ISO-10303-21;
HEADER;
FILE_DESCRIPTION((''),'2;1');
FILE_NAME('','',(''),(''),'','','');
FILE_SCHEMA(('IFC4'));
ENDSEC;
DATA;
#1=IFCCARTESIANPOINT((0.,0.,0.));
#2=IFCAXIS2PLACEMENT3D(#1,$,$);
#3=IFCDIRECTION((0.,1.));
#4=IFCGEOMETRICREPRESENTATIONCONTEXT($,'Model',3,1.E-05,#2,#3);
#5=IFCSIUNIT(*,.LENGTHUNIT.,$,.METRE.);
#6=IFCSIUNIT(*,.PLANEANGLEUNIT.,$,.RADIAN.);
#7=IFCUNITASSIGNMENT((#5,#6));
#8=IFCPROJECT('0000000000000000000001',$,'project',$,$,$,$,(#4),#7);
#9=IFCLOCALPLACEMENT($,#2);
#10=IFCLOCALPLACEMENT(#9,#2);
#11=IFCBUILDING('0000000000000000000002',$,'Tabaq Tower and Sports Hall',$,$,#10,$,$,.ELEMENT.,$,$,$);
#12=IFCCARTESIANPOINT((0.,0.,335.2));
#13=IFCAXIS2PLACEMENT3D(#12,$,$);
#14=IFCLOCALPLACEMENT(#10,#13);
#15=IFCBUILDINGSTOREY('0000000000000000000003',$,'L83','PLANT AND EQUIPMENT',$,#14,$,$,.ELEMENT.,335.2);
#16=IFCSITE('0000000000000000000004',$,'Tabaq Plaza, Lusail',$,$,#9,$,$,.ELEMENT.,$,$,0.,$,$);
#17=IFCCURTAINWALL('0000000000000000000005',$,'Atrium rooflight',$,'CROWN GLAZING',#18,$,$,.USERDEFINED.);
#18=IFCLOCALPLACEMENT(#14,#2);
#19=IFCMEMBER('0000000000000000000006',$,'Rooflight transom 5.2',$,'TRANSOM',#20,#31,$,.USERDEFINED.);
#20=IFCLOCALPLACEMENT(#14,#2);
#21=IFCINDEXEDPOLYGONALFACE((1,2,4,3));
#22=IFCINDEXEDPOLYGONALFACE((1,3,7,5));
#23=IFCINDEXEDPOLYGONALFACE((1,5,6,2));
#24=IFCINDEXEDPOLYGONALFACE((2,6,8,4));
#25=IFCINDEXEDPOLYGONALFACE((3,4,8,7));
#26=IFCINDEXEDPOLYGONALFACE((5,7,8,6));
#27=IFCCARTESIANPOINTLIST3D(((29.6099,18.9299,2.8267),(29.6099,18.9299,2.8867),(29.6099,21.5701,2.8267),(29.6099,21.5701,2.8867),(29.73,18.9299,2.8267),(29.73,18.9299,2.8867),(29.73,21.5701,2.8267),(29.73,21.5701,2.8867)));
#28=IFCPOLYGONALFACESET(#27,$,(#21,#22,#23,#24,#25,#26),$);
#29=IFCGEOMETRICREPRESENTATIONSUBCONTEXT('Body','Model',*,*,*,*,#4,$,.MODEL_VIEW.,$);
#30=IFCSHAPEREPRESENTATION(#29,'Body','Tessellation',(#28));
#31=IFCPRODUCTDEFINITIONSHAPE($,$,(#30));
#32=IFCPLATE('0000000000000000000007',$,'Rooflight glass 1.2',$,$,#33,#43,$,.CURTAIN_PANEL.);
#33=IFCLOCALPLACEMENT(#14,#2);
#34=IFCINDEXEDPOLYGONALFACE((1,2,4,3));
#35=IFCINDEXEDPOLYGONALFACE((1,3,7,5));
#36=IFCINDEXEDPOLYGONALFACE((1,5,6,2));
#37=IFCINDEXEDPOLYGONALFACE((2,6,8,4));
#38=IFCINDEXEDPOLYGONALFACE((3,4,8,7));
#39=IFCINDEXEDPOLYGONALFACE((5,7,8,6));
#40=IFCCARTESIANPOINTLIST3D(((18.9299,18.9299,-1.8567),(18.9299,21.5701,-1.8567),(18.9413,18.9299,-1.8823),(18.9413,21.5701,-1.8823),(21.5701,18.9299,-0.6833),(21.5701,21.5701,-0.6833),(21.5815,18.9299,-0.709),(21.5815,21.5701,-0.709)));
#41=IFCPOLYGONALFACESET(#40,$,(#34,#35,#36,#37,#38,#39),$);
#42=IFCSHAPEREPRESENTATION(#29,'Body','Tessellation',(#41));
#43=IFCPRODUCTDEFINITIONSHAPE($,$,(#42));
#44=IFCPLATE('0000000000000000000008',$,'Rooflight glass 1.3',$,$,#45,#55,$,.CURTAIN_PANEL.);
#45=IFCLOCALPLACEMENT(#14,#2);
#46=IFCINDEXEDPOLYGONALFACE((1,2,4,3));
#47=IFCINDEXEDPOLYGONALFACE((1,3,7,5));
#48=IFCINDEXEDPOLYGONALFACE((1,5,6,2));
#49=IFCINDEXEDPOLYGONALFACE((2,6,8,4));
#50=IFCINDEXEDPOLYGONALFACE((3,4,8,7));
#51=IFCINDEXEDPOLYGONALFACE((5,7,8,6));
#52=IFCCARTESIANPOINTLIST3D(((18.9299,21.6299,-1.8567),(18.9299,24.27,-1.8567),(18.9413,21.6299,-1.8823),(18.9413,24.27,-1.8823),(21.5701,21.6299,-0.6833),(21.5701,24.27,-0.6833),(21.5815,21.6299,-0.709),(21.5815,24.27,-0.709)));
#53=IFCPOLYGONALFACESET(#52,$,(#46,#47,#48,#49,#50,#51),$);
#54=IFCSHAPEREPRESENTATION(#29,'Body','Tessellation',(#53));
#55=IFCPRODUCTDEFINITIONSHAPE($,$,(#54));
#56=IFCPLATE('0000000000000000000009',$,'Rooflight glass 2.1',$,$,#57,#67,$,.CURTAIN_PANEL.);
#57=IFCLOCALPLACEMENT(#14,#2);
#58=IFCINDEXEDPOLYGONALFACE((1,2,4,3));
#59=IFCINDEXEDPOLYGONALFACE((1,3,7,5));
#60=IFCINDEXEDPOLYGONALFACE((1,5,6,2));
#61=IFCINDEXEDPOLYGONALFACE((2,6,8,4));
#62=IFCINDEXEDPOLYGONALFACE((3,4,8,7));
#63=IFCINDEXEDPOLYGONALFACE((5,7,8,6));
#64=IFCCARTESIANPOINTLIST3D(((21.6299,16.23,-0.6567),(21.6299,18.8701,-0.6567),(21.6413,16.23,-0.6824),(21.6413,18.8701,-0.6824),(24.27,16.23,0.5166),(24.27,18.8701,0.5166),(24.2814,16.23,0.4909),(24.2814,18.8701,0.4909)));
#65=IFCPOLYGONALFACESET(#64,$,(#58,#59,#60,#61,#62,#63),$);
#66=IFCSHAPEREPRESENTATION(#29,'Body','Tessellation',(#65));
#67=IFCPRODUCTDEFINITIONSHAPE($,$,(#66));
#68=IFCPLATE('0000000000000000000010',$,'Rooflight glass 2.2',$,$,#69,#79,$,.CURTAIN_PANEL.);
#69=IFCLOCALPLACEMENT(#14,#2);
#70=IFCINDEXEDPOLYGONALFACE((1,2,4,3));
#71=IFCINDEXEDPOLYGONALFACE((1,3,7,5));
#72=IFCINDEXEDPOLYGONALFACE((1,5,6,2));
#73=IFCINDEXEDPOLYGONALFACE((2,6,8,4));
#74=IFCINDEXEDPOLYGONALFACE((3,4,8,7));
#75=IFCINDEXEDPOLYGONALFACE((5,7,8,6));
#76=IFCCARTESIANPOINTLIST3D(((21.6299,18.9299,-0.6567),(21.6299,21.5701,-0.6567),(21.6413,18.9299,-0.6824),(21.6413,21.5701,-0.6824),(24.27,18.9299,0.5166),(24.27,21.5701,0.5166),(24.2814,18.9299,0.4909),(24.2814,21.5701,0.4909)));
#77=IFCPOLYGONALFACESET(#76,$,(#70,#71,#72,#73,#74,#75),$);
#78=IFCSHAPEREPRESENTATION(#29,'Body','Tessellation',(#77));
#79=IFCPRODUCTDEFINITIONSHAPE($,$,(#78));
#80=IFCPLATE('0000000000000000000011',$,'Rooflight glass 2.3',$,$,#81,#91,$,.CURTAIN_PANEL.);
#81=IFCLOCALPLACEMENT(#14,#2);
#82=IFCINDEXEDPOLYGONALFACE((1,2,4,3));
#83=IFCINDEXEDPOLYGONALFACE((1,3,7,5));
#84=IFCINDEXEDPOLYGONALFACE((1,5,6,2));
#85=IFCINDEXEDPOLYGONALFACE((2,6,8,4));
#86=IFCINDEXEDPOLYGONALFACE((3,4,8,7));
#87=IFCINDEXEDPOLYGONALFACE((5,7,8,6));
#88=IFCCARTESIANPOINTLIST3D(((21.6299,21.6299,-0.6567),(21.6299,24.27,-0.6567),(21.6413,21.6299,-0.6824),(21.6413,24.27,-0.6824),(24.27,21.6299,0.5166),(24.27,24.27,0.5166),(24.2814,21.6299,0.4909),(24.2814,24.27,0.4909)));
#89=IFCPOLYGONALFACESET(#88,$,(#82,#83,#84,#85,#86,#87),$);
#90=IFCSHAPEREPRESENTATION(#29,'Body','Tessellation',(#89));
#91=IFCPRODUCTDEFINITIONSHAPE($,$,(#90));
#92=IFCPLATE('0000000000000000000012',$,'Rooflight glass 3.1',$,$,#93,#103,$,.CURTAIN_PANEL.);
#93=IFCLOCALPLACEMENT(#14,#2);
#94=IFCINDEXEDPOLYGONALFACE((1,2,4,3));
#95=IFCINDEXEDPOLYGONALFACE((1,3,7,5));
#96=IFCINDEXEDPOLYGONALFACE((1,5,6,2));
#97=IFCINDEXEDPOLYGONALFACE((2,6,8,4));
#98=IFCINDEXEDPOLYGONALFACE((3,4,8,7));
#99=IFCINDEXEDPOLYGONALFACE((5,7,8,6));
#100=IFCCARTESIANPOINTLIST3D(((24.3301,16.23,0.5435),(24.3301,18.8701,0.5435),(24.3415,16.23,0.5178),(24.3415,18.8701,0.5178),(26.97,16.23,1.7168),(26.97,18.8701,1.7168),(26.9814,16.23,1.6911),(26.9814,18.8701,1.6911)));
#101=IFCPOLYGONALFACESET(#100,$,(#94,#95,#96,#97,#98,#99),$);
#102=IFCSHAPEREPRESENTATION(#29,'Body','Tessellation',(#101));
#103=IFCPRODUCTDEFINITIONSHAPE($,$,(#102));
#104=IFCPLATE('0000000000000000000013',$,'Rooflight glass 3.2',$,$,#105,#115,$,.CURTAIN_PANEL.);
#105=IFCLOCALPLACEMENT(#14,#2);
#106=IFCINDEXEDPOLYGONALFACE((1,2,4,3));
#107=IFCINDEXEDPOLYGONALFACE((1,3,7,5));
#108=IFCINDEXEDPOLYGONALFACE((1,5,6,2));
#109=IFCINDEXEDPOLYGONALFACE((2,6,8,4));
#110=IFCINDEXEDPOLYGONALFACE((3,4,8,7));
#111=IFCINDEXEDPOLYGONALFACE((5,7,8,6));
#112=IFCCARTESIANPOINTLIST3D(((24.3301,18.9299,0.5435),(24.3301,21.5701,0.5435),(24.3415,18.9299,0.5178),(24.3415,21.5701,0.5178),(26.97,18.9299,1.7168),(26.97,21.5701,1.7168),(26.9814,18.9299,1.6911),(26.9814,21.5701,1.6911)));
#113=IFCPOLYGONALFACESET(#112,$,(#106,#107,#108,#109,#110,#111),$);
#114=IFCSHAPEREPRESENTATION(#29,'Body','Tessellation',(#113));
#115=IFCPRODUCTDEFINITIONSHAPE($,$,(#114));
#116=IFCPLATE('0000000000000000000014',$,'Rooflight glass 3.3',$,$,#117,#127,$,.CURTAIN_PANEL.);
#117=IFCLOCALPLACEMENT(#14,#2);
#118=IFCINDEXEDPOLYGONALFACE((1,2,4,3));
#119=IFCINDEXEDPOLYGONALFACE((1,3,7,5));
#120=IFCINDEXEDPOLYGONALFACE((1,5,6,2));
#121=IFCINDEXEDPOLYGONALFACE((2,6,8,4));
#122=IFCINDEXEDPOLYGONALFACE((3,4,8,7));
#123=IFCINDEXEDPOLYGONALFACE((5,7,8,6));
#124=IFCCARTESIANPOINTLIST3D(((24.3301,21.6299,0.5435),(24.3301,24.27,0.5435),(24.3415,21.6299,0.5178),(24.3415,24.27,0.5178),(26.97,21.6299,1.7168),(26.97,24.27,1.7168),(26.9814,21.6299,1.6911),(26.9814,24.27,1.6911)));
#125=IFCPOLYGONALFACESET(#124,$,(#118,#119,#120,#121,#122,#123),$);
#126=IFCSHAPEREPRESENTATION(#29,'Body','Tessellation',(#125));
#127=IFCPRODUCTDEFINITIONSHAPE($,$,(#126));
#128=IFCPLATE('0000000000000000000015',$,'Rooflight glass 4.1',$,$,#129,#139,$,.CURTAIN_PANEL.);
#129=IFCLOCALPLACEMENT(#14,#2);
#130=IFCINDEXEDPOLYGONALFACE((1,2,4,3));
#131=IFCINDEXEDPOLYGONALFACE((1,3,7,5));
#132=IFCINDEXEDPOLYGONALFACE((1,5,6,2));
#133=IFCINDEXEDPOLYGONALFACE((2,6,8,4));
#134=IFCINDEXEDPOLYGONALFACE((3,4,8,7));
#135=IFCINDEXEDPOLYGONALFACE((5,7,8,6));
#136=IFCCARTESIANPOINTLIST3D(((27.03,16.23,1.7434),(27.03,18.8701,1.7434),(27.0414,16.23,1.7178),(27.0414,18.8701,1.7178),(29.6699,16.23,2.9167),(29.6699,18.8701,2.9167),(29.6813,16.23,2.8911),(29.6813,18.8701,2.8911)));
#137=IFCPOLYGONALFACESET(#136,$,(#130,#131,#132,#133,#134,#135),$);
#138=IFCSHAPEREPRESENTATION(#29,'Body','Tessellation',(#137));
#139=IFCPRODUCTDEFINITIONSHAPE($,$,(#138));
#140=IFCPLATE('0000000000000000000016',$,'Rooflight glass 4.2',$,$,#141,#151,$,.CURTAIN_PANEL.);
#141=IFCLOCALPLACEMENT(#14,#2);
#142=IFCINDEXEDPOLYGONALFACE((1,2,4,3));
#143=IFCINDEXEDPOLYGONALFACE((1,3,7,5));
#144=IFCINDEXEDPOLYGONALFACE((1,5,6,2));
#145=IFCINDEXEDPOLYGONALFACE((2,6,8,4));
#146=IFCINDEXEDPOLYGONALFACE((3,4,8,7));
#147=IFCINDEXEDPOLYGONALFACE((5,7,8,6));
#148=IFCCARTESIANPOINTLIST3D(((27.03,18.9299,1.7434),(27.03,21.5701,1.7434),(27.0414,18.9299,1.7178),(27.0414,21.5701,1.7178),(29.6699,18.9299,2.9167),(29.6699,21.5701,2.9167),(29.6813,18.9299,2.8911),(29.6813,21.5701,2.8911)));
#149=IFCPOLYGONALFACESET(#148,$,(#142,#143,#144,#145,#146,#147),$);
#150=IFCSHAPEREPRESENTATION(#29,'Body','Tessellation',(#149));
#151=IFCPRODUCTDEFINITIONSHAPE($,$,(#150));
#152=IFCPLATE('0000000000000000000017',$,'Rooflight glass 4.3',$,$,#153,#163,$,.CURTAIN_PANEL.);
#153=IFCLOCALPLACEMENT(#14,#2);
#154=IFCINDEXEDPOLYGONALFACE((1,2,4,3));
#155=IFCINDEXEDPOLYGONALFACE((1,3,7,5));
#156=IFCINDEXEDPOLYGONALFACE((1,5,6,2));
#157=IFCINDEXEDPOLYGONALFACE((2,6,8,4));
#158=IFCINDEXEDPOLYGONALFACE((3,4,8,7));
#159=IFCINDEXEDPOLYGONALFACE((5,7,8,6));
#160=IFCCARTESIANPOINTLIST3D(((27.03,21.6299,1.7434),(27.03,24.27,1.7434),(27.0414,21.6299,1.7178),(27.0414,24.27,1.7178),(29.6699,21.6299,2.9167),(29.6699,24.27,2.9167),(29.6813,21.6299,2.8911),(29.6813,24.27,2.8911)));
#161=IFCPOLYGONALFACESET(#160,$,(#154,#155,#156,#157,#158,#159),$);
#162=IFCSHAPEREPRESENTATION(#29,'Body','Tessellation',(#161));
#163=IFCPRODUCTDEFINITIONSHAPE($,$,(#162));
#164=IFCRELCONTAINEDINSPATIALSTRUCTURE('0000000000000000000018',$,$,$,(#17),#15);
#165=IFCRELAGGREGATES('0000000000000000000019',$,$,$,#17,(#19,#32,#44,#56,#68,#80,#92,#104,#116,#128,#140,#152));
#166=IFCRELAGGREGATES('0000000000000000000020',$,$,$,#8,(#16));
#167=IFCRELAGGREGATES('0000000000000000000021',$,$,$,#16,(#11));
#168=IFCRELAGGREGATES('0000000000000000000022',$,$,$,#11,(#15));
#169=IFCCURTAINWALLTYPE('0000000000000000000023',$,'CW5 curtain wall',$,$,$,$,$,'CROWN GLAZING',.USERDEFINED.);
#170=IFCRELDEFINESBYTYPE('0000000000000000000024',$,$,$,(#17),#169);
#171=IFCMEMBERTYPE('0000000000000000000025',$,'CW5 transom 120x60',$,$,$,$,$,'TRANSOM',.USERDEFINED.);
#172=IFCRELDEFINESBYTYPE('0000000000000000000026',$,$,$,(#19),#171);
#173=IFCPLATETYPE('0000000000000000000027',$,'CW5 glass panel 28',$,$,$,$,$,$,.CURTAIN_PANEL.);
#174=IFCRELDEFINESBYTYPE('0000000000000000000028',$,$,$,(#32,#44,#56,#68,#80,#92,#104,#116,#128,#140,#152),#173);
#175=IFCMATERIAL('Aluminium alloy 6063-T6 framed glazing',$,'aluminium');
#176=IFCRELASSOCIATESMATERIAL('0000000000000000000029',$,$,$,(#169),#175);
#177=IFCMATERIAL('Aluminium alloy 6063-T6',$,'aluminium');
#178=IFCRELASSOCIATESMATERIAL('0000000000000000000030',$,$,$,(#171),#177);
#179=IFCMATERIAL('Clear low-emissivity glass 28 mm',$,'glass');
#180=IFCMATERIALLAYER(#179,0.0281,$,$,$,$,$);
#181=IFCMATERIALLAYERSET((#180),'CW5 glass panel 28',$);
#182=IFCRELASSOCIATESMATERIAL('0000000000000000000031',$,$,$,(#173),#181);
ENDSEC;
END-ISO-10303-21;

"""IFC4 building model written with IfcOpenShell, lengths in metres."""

from ifc_helpers import new_model, si_unit, direction, frame, origin, origin_2d, place, context, subcontext, project, spatial, polyline, rectangle, outline, extrude, material, layer, layer_set, material_profile, profile_set, type_object, element, aggregate, save


model = new_model("IFC4")

# Units and contexts
model_context = context("Model", 3, precision=1e-05, world=origin(), true_north=direction((0.0, 1.0)))
body_context = subcontext(model_context, "Body", "Model", "MODEL_VIEW")
ifc_project = project(units=[si_unit("LENGTHUNIT", "METRE"), si_unit("PLANEANGLEUNIT", "RADIAN")], contexts=[model_context])

# Site, building, storey
site_placement = place(None, origin())
site = spatial("IfcSite", under=ifc_project, at=site_placement, Name="Tabaq Plaza, Lusail", CompositionType="ELEMENT", RefElevation=0.0)
building_placement = place(site_placement, origin())
building = spatial("IfcBuilding", under=site, at=building_placement, Name="Tabaq Tower and Sports Hall", CompositionType="ELEMENT")
storey_placement = place(building_placement, frame((0.0, 0.0, 335.2)))
storey = spatial("IfcBuildingStorey", under=building, at=storey_placement, Name="L83", Description="PLANT AND EQUIPMENT", CompositionType="ELEMENT", Elevation=335.2)

# Curtain wall, member, plates
ifc_material_1 = material(Name="Aluminium alloy 6063-T6 framed glazing", Category="aluminium")
curtain_wall_type = type_object("IfcCurtainWallType", Name="CW5 curtain wall", ElementType="CROWN GLAZING", PredefinedType="USERDEFINED", material=ifc_material_1)
curtain_wall_placement = place(storey_placement, origin())
curtain_wall = element("IfcCurtainWall", 1, at=curtain_wall_placement, inside=storey, type_object=curtain_wall_type, Name="Atrium rooflight", ObjectType="CROWN GLAZING", PredefinedType="USERDEFINED")
ifc_material_2 = material(Name="Aluminium alloy 6063-T6", Category="aluminium")
ifc_material_profile = material_profile(ifc_material_2, rectangle(XDim=0.1201, YDim=0.0601, at=origin_2d()), Name="TRANSOM 120x60")
ifc_profile_set = profile_set([ifc_material_profile], Name="Aluminium alloy 6063-T6")
member_type = type_object("IfcMemberType", Name="CW5 transom 120x60", ElementType="TRANSOM", PredefinedType="USERDEFINED", material=ifc_profile_set)
member_1_placement = place(storey_placement, frame((29.6699, 18.9299, 2.8567), z_axis=(0.0, 1.0, 0.0), x_axis=(-1.0, 0.0, 0.0)))
member_1 = element("IfcMember", 2, at=member_1_placement, type_object=member_type, Name="Rooflight transom 5.2", ObjectType="TRANSOM", PredefinedType="USERDEFINED", context=body_context, shape_type="SweptSolid", body=[
    extrude(rectangle(XDim=0.1201, YDim=0.0601, at=origin_2d()), origin(), (0.0, 0.0, 1.0), 2.6401),
])
ifc_material_3 = material(Name="Clear low-emissivity glass 28 mm", Category="glass")
ifc_layer = layer(ifc_material_3, 0.0281)
ifc_layer_set = layer_set([ifc_layer], Name="CW5 glass panel 28")
plate_type = type_object("IfcPlateType", Name="CW5 glass panel 28", PredefinedType="CURTAIN_PANEL", material=ifc_layer_set)
plate_1_placement = place(storey_placement, frame((18.9299, 18.9299, -1.8567), z_axis=(-0.406123, 0.0, 0.913819), x_axis=(0.913819, 0.0, 0.406123)))
plate_1 = element("IfcPlate", 3, at=plate_1_placement, type_object=plate_type, Name="Rooflight glass 1.2", PredefinedType="CURTAIN_PANEL", context=body_context, shape_type="SweptSolid", body=[
    extrude(outline(polyline([(0.0, 0.0), (2.8891, 0.0), (2.8891, 2.6401), (0.0, 2.6401), (0.0, 0.0)])), origin(), (0.0, 0.0, -1.0), 0.0281),
])
plate_2_placement = place(storey_placement, frame((18.9299, 21.6299, -1.8567), z_axis=(-0.406123, 0.0, 0.913819), x_axis=(0.913819, 0.0, 0.406123)))
plate_2 = element("IfcPlate", 4, at=plate_2_placement, type_object=plate_type, Name="Rooflight glass 1.3", PredefinedType="CURTAIN_PANEL", context=body_context, shape_type="SweptSolid", body=[
    extrude(outline(polyline([(0.0, 0.0), (2.8891, 0.0), (2.8891, 2.6401), (0.0, 2.6401), (0.0, 0.0)])), origin(), (0.0, 0.0, -1.0), 0.0281),
])
plate_3_placement = place(storey_placement, frame((21.6299, 16.23, -0.6567), z_axis=(-0.406123, 0.0, 0.913819), x_axis=(0.913819, 0.0, 0.406123)))
plate_3 = element("IfcPlate", 5, at=plate_3_placement, type_object=plate_type, Name="Rooflight glass 2.1", PredefinedType="CURTAIN_PANEL", context=body_context, shape_type="SweptSolid", body=[
    extrude(outline(polyline([(0.0, 0.0), (2.8891, 0.0), (2.8891, 2.6401), (0.0, 2.6401), (0.0, 0.0)])), origin(), (0.0, 0.0, -1.0), 0.0281),
])
plate_4_placement = place(storey_placement, frame((21.6299, 18.9299, -0.6567), z_axis=(-0.406123, 0.0, 0.913819), x_axis=(0.913819, 0.0, 0.406123)))
plate_4 = element("IfcPlate", 6, at=plate_4_placement, type_object=plate_type, Name="Rooflight glass 2.2", PredefinedType="CURTAIN_PANEL", context=body_context, shape_type="SweptSolid", body=[
    extrude(outline(polyline([(0.0, 0.0), (2.8891, 0.0), (2.8891, 2.6401), (0.0, 2.6401), (0.0, 0.0)])), origin(), (0.0, 0.0, -1.0), 0.0281),
])
plate_5_placement = place(storey_placement, frame((21.6299, 21.6299, -0.6567), z_axis=(-0.406123, 0.0, 0.913819), x_axis=(0.913819, 0.0, 0.406123)))
plate_5 = element("IfcPlate", 7, at=plate_5_placement, type_object=plate_type, Name="Rooflight glass 2.3", PredefinedType="CURTAIN_PANEL", context=body_context, shape_type="SweptSolid", body=[
    extrude(outline(polyline([(0.0, 0.0), (2.8891, 0.0), (2.8891, 2.6401), (0.0, 2.6401), (0.0, 0.0)])), origin(), (0.0, 0.0, -1.0), 0.0281),
])
plate_6_placement = place(storey_placement, frame((24.3301, 16.23, 0.5435), z_axis=(-0.406154, 0.0, 0.913805), x_axis=(0.913805, 0.0, 0.406154)))
plate_6 = element("IfcPlate", 8, at=plate_6_placement, type_object=plate_type, Name="Rooflight glass 3.1", PredefinedType="CURTAIN_PANEL", context=body_context, shape_type="SweptSolid", body=[
    extrude(outline(polyline([(0.0, 0.0), (2.8889, 0.0), (2.8889, 2.6401), (0.0, 2.6401), (0.0, 0.0)])), origin(), (0.0, 0.0, -1.0), 0.0281),
])
plate_7_placement = place(storey_placement, frame((24.3301, 18.9299, 0.5435), z_axis=(-0.406154, 0.0, 0.913805), x_axis=(0.913805, 0.0, 0.406154)))
plate_7 = element("IfcPlate", 9, at=plate_7_placement, type_object=plate_type, Name="Rooflight glass 3.2", PredefinedType="CURTAIN_PANEL", context=body_context, shape_type="SweptSolid", body=[
    extrude(outline(polyline([(0.0, 0.0), (2.8889, 0.0), (2.8889, 2.6401), (0.0, 2.6401), (0.0, 0.0)])), origin(), (0.0, 0.0, -1.0), 0.0281),
])
plate_8_placement = place(storey_placement, frame((24.3301, 21.6299, 0.5435), z_axis=(-0.406154, 0.0, 0.913805), x_axis=(0.913805, 0.0, 0.406154)))
plate_8 = element("IfcPlate", 10, at=plate_8_placement, type_object=plate_type, Name="Rooflight glass 3.3", PredefinedType="CURTAIN_PANEL", context=body_context, shape_type="SweptSolid", body=[
    extrude(outline(polyline([(0.0, 0.0), (2.8889, 0.0), (2.8889, 2.6401), (0.0, 2.6401), (0.0, 0.0)])), origin(), (0.0, 0.0, -1.0), 0.0281),
])
plate_9_placement = place(storey_placement, frame((27.03, 16.23, 1.7434), z_axis=(-0.406154, 0.0, 0.913805), x_axis=(0.913805, 0.0, 0.406154)))
plate_9 = element("IfcPlate", 11, at=plate_9_placement, type_object=plate_type, Name="Rooflight glass 4.1", PredefinedType="CURTAIN_PANEL", context=body_context, shape_type="SweptSolid", body=[
    extrude(outline(polyline([(0.0, 0.0), (2.8889, 0.0), (2.8889, 2.6401), (0.0, 2.6401), (0.0, 0.0)])), origin(), (0.0, 0.0, -1.0), 0.0281),
])
plate_10_placement = place(storey_placement, frame((27.03, 18.9299, 1.7434), z_axis=(-0.406154, 0.0, 0.913805), x_axis=(0.913805, 0.0, 0.406154)))
plate_10 = element("IfcPlate", 12, at=plate_10_placement, type_object=plate_type, Name="Rooflight glass 4.2", PredefinedType="CURTAIN_PANEL", context=body_context, shape_type="SweptSolid", body=[
    extrude(outline(polyline([(0.0, 0.0), (2.8889, 0.0), (2.8889, 2.6401), (0.0, 2.6401), (0.0, 0.0)])), origin(), (0.0, 0.0, -1.0), 0.0281),
])
plate_11_placement = place(storey_placement, frame((27.03, 21.6299, 1.7434), z_axis=(-0.406154, 0.0, 0.913805), x_axis=(0.913805, 0.0, 0.406154)))
plate_11 = element("IfcPlate", 13, at=plate_11_placement, type_object=plate_type, Name="Rooflight glass 4.3", PredefinedType="CURTAIN_PANEL", context=body_context, shape_type="SweptSolid", body=[
    extrude(outline(polyline([(0.0, 0.0), (2.8889, 0.0), (2.8889, 2.6401), (0.0, 2.6401), (0.0, 0.0)])), origin(), (0.0, 0.0, -1.0), 0.0281),
])
aggregate(curtain_wall, [member_1, plate_1, plate_2, plate_3, plate_4, plate_5, plate_6, plate_7, plate_8, plate_9, plate_10, plate_11])

save(model, "model.ifc")
